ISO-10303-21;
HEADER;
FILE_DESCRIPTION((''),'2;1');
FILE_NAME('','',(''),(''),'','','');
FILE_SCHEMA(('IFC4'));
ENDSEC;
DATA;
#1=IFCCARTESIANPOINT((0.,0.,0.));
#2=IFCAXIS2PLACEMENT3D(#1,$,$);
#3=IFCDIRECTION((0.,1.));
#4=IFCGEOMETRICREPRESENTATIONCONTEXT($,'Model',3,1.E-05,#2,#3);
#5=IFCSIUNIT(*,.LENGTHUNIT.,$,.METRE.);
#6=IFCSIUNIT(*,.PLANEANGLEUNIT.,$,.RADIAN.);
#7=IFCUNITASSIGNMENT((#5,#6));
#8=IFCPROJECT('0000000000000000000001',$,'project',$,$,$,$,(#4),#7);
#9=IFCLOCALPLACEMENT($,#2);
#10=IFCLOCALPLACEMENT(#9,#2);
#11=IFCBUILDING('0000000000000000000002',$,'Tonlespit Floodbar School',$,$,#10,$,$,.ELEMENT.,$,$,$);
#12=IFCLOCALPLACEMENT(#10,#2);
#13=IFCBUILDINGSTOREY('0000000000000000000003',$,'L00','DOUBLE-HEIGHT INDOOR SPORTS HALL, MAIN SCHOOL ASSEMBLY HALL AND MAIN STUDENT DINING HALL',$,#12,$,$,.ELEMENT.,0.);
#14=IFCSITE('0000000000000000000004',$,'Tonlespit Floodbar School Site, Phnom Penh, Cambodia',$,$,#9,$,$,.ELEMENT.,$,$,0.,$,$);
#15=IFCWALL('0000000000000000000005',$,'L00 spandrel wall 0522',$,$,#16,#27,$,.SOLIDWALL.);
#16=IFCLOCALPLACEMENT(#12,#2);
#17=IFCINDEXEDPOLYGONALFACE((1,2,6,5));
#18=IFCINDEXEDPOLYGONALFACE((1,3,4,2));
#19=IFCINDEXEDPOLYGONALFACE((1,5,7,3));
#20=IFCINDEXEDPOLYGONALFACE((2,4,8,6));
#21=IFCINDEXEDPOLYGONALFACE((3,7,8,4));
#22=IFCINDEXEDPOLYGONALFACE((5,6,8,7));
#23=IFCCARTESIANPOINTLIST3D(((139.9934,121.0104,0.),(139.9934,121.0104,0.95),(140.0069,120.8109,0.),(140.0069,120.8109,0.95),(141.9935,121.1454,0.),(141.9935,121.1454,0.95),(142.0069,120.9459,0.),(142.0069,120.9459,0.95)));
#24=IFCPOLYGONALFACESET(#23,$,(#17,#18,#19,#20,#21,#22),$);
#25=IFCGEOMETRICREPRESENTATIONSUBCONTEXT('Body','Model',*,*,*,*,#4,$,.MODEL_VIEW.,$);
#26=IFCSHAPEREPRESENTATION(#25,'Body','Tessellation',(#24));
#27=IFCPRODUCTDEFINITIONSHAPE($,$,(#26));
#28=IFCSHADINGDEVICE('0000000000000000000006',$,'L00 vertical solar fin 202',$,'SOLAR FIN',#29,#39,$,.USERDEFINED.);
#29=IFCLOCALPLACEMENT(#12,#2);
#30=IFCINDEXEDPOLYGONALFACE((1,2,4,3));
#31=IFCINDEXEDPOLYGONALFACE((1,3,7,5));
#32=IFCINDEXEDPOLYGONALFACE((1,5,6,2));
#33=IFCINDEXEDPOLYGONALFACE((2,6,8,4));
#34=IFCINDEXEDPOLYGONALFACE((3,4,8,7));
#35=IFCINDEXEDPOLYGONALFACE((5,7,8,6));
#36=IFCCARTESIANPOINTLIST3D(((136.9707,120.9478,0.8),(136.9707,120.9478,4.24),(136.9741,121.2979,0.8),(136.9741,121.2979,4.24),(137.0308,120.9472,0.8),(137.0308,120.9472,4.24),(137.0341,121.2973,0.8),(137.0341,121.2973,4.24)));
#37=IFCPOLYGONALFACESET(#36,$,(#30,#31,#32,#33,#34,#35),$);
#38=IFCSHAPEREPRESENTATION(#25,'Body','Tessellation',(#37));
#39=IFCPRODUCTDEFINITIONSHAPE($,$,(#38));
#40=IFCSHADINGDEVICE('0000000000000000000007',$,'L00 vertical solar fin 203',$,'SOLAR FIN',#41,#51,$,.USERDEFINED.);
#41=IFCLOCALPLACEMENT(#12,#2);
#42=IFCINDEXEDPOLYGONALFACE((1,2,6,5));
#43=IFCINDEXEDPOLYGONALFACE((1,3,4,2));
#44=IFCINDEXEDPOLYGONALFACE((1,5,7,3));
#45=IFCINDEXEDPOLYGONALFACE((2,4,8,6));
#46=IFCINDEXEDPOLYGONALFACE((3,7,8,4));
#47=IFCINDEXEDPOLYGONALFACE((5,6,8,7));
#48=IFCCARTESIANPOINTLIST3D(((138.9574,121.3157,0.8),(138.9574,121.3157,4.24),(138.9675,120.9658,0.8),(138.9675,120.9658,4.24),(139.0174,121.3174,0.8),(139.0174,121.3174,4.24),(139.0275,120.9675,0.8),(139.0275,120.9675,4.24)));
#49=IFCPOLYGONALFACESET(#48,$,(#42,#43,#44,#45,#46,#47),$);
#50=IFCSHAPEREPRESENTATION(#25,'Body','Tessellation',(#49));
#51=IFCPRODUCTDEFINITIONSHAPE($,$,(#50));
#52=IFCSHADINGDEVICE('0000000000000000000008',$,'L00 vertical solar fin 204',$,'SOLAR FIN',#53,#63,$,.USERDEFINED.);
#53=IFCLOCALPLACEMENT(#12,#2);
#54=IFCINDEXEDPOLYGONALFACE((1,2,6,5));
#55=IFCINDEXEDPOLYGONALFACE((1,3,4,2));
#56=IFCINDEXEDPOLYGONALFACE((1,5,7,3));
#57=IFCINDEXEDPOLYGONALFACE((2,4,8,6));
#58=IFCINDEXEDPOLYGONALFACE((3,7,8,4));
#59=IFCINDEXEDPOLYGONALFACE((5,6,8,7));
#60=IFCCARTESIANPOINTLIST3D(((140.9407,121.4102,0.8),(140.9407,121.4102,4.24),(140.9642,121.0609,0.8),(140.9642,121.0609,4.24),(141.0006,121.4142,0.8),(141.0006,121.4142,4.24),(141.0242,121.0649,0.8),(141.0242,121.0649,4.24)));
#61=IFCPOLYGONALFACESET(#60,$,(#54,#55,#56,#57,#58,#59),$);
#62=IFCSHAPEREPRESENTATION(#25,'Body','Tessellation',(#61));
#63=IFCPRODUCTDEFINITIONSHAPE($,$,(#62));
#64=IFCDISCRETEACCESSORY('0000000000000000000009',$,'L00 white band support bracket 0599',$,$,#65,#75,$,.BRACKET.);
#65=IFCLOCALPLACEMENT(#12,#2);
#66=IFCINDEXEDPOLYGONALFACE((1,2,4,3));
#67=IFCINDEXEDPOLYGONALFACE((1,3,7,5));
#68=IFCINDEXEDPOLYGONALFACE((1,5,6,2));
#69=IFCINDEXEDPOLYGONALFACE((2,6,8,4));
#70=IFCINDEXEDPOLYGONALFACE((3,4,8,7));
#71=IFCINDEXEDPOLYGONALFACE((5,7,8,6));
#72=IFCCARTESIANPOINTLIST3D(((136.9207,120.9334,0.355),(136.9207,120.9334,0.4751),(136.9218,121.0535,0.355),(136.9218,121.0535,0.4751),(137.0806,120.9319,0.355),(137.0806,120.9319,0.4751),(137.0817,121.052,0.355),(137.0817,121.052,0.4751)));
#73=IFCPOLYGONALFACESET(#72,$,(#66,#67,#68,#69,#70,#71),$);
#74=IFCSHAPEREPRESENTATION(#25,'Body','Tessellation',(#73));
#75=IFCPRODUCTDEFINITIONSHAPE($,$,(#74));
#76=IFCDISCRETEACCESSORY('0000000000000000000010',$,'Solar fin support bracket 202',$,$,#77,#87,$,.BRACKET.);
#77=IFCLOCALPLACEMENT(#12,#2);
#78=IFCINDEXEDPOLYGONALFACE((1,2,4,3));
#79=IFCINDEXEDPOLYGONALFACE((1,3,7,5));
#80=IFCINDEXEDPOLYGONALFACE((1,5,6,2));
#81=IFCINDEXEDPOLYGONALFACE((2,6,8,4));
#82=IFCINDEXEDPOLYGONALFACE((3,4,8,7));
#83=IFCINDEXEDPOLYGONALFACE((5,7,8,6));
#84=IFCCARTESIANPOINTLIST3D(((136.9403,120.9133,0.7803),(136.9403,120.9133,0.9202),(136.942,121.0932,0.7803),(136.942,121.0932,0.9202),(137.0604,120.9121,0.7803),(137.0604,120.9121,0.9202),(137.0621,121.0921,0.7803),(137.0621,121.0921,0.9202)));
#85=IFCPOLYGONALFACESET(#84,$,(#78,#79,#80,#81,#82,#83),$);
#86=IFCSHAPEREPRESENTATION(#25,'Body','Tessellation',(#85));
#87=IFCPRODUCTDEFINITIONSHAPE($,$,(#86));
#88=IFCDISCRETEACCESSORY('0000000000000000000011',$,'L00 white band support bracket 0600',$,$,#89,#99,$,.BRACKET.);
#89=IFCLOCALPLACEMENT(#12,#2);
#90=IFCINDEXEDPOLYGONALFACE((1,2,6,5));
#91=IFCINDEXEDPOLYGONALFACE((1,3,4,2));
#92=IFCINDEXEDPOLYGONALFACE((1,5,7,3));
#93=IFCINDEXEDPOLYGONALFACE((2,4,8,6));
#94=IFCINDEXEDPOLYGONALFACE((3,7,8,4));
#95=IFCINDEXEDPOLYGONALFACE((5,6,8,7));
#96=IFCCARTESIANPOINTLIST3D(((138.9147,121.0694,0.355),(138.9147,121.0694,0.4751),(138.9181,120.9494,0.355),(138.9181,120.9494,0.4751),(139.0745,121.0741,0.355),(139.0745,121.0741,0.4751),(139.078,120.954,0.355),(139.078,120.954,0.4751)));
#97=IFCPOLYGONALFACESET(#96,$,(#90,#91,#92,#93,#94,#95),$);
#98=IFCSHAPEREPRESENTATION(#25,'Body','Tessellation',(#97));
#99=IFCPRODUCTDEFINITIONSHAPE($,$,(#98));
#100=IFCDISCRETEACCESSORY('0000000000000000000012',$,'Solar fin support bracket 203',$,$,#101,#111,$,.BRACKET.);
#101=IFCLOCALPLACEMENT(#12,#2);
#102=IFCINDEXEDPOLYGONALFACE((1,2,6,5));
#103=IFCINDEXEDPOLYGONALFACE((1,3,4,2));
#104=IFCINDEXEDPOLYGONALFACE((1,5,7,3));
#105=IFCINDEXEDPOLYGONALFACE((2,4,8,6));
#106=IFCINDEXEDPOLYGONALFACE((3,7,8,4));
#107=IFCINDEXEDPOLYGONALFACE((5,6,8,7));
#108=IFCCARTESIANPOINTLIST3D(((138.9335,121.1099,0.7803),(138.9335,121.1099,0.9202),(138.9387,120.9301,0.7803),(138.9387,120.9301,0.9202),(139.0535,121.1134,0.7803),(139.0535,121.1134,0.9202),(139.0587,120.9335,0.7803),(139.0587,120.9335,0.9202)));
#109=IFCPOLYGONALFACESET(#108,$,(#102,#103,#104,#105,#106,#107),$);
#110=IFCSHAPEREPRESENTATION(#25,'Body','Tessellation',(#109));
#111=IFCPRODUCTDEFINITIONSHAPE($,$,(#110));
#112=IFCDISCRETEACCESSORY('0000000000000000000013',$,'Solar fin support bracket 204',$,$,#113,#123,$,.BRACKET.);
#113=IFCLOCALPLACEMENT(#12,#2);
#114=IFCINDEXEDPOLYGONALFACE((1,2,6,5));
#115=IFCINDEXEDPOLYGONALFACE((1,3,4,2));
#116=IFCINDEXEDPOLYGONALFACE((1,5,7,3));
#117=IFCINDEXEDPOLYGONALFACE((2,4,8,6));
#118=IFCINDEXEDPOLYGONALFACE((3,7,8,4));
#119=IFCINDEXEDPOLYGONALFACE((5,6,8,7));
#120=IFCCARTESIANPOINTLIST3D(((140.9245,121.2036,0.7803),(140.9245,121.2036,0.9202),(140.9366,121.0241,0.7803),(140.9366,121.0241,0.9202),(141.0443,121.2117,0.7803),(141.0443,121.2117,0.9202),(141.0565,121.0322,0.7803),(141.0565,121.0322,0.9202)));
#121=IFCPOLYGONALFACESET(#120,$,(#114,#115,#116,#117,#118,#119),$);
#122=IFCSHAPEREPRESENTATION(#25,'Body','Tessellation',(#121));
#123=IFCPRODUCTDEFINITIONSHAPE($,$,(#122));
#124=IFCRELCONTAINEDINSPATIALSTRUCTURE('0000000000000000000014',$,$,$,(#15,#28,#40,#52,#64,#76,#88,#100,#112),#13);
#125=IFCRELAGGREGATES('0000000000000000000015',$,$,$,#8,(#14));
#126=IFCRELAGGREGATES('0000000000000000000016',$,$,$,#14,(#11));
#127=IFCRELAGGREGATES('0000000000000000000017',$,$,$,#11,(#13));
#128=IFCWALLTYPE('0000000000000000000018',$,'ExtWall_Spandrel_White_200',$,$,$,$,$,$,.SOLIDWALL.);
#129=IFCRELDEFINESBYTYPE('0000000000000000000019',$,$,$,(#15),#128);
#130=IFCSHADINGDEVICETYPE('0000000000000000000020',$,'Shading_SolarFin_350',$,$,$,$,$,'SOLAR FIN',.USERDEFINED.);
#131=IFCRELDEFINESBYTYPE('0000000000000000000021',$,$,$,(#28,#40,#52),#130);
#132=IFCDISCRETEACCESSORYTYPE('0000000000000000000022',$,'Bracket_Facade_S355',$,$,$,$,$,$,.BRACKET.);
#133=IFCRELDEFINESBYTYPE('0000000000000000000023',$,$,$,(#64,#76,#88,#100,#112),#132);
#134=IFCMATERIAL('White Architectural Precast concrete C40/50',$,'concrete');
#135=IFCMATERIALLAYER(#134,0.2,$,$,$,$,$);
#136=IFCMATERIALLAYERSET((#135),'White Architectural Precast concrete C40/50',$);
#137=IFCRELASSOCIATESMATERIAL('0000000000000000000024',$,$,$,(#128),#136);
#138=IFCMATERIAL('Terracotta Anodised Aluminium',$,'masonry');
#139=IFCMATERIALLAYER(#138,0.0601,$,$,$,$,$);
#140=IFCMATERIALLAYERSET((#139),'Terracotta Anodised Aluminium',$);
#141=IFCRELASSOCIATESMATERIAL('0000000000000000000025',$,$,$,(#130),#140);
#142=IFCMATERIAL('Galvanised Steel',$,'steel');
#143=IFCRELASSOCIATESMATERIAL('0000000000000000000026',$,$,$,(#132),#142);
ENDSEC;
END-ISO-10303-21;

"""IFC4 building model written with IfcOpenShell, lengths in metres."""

from ifc_helpers import new_model, si_unit, direction, frame, frame_2d, origin, origin_2d, place, context, subcontext, project, spatial, rectangle, extrude, material, layer, layer_set, type_object, element, save


model = new_model("IFC4")

# Units and contexts
model_context = context("Model", 3, precision=1e-05, world=origin(), true_north=direction((0.0, 1.0)))
body_context = subcontext(model_context, "Body", "Model", "MODEL_VIEW")
ifc_project = project(units=[si_unit("LENGTHUNIT", "METRE"), si_unit("PLANEANGLEUNIT", "RADIAN")], contexts=[model_context])

# Site, building, storey
site_placement = place(None, origin())
site = spatial("IfcSite", under=ifc_project, at=site_placement, Name="Tonlespit Floodbar School Site, Phnom Penh, Cambodia", CompositionType="ELEMENT", RefElevation=0.0)
building_placement = place(site_placement, origin())
building = spatial("IfcBuilding", under=site, at=building_placement, Name="Tonlespit Floodbar School", CompositionType="ELEMENT")
storey_placement = place(building_placement, origin())
storey = spatial("IfcBuildingStorey", under=building, at=storey_placement, Name="L00", Description="DOUBLE-HEIGHT INDOOR SPORTS HALL, MAIN SCHOOL ASSEMBLY HALL AND MAIN STUDENT DINING HALL", CompositionType="ELEMENT", Elevation=0.0)

# Wall
ifc_material_1 = material(Name="White Architectural Precast concrete C40/50", Category="concrete")
ifc_layer_1 = layer(ifc_material_1, 0.2)
ifc_layer_set_1 = layer_set([ifc_layer_1], Name="White Architectural Precast concrete C40/50")
wall_type = type_object("IfcWallType", Name="ExtWall_Spandrel_White_200", PredefinedType="SOLIDWALL", material=ifc_layer_set_1)
wall_1_placement = place(storey_placement, frame((140.0, 120.9106, 0.0), z_axis=(0.0, 0.0, 1.0), x_axis=(0.997729, 0.067352, 0.0)))
element("IfcWall", 1, at=wall_1_placement, inside=storey, type_object=wall_type, Name="L00 spandrel wall 0522", PredefinedType="SOLIDWALL", context=body_context, shape_type="SweptSolid", body=[
    extrude(rectangle(XDim=2.0046, YDim=0.2, at=frame_2d((1.0024, 0.0))), origin(), (0.0, 0.0, 1.0), 0.95),
])

# Shading devices
ifc_material_2 = material(Name="Terracotta Anodised Aluminium", Category="masonry")
ifc_layer_2 = layer(ifc_material_2, 0.0601)
ifc_layer_set_2 = layer_set([ifc_layer_2], Name="Terracotta Anodised Aluminium")
shading_device_type = type_object("IfcShadingDeviceType", Name="Shading_SolarFin_350", ElementType="SOLAR FIN", PredefinedType="USERDEFINED", material=ifc_layer_set_2)
for number, where, z_axis, x_axis, name in (
    (2, (137.0024, 121.1226, 0.8), (0.0, 0.0, 1.0), (0.999954, -0.009599, 0.0), "L00 vertical solar fin 202"),
    (3, (138.9924, 121.1416, 0.8), (0.0, 0.0, 1.0), (0.999584, 0.028838, 0.0), "L00 vertical solar fin 203"),
    (4, (140.9824, 121.2375, 0.8), (0.0, 0.0, 1.0), (0.99773, 0.067347, 0.0), "L00 vertical solar fin 204"),
):
    element("IfcShadingDevice", number, at=place(storey_placement, frame(where, z_axis=z_axis, x_axis=x_axis)), inside=storey, type_object=shading_device_type, Name=name, ObjectType="SOLAR FIN", PredefinedType="USERDEFINED", context=body_context, shape_type="SweptSolid", body=[
        extrude(rectangle(XDim=0.0601, YDim=0.3501, at=origin_2d()), origin(), (0.0, 0.0, 1.0), 3.4399),
    ])

# Discrete accessories
ifc_material_3 = material(Name="Galvanised Steel", Category="steel")
discrete_accessory_type = type_object("IfcDiscreteAccessoryType", Name="Bracket_Facade_S355", PredefinedType="BRACKET", material=ifc_material_3)
discrete_accessory_1_placement = place(storey_placement, frame((137.0012, 120.9927, 0.355), z_axis=(0.0, 0.0, 1.0), x_axis=(0.999954, -0.009599, 0.0)))
element("IfcDiscreteAccessory", 5, at=discrete_accessory_1_placement, inside=storey, type_object=discrete_accessory_type, Name="L00 white band support bracket 0599", PredefinedType="BRACKET", context=body_context, shape_type="SweptSolid", body=[
    extrude(rectangle(XDim=0.1599, YDim=0.1201, at=origin_2d()), origin(), (0.0, 0.0, 1.0), 0.1201),
])
discrete_accessory_2_placement = place(storey_placement, frame((137.0012, 121.0027, 0.7803), z_axis=(0.0, 0.0, 1.0), x_axis=(0.999954, -0.009599, 0.0)))
element("IfcDiscreteAccessory", 6, at=discrete_accessory_2_placement, inside=storey, type_object=discrete_accessory_type, Name="Solar fin support bracket 202", PredefinedType="BRACKET", context=body_context, shape_type="SweptSolid", body=[
    extrude(rectangle(XDim=0.1201, YDim=0.1799, at=origin_2d()), origin(), (0.0, 0.0, 1.0), 0.1399),
])
discrete_accessory_3_placement = place(storey_placement, frame((138.9963, 121.0117, 0.355), z_axis=(0.0, 0.0, 1.0), x_axis=(0.999584, 0.028838, 0.0)))
element("IfcDiscreteAccessory", 7, at=discrete_accessory_3_placement, inside=storey, type_object=discrete_accessory_type, Name="L00 white band support bracket 0600", PredefinedType="BRACKET", context=body_context, shape_type="SweptSolid", body=[
    extrude(rectangle(XDim=0.1599, YDim=0.1201, at=origin_2d()), origin(), (0.0, 0.0, 1.0), 0.1201),
])
for number, where, z_axis, x_axis, name in (
    (8, (138.9961, 121.0217, 0.7803), (0.0, 0.0, 1.0), (0.999584, 0.028838, 0.0), "Solar fin support bracket 203"),
    (9, (140.9905, 121.1179, 0.7803), (0.0, 0.0, 1.0), (0.99773, 0.067347, 0.0), "Solar fin support bracket 204"),
):
    element("IfcDiscreteAccessory", number, at=place(storey_placement, frame(where, z_axis=z_axis, x_axis=x_axis)), inside=storey, type_object=discrete_accessory_type, Name=name, PredefinedType="BRACKET", context=body_context, shape_type="SweptSolid", body=[
        extrude(rectangle(XDim=0.1201, YDim=0.1799, at=origin_2d()), origin(), (0.0, 0.0, 1.0), 0.1399),
    ])

save(model, "model.ifc")
